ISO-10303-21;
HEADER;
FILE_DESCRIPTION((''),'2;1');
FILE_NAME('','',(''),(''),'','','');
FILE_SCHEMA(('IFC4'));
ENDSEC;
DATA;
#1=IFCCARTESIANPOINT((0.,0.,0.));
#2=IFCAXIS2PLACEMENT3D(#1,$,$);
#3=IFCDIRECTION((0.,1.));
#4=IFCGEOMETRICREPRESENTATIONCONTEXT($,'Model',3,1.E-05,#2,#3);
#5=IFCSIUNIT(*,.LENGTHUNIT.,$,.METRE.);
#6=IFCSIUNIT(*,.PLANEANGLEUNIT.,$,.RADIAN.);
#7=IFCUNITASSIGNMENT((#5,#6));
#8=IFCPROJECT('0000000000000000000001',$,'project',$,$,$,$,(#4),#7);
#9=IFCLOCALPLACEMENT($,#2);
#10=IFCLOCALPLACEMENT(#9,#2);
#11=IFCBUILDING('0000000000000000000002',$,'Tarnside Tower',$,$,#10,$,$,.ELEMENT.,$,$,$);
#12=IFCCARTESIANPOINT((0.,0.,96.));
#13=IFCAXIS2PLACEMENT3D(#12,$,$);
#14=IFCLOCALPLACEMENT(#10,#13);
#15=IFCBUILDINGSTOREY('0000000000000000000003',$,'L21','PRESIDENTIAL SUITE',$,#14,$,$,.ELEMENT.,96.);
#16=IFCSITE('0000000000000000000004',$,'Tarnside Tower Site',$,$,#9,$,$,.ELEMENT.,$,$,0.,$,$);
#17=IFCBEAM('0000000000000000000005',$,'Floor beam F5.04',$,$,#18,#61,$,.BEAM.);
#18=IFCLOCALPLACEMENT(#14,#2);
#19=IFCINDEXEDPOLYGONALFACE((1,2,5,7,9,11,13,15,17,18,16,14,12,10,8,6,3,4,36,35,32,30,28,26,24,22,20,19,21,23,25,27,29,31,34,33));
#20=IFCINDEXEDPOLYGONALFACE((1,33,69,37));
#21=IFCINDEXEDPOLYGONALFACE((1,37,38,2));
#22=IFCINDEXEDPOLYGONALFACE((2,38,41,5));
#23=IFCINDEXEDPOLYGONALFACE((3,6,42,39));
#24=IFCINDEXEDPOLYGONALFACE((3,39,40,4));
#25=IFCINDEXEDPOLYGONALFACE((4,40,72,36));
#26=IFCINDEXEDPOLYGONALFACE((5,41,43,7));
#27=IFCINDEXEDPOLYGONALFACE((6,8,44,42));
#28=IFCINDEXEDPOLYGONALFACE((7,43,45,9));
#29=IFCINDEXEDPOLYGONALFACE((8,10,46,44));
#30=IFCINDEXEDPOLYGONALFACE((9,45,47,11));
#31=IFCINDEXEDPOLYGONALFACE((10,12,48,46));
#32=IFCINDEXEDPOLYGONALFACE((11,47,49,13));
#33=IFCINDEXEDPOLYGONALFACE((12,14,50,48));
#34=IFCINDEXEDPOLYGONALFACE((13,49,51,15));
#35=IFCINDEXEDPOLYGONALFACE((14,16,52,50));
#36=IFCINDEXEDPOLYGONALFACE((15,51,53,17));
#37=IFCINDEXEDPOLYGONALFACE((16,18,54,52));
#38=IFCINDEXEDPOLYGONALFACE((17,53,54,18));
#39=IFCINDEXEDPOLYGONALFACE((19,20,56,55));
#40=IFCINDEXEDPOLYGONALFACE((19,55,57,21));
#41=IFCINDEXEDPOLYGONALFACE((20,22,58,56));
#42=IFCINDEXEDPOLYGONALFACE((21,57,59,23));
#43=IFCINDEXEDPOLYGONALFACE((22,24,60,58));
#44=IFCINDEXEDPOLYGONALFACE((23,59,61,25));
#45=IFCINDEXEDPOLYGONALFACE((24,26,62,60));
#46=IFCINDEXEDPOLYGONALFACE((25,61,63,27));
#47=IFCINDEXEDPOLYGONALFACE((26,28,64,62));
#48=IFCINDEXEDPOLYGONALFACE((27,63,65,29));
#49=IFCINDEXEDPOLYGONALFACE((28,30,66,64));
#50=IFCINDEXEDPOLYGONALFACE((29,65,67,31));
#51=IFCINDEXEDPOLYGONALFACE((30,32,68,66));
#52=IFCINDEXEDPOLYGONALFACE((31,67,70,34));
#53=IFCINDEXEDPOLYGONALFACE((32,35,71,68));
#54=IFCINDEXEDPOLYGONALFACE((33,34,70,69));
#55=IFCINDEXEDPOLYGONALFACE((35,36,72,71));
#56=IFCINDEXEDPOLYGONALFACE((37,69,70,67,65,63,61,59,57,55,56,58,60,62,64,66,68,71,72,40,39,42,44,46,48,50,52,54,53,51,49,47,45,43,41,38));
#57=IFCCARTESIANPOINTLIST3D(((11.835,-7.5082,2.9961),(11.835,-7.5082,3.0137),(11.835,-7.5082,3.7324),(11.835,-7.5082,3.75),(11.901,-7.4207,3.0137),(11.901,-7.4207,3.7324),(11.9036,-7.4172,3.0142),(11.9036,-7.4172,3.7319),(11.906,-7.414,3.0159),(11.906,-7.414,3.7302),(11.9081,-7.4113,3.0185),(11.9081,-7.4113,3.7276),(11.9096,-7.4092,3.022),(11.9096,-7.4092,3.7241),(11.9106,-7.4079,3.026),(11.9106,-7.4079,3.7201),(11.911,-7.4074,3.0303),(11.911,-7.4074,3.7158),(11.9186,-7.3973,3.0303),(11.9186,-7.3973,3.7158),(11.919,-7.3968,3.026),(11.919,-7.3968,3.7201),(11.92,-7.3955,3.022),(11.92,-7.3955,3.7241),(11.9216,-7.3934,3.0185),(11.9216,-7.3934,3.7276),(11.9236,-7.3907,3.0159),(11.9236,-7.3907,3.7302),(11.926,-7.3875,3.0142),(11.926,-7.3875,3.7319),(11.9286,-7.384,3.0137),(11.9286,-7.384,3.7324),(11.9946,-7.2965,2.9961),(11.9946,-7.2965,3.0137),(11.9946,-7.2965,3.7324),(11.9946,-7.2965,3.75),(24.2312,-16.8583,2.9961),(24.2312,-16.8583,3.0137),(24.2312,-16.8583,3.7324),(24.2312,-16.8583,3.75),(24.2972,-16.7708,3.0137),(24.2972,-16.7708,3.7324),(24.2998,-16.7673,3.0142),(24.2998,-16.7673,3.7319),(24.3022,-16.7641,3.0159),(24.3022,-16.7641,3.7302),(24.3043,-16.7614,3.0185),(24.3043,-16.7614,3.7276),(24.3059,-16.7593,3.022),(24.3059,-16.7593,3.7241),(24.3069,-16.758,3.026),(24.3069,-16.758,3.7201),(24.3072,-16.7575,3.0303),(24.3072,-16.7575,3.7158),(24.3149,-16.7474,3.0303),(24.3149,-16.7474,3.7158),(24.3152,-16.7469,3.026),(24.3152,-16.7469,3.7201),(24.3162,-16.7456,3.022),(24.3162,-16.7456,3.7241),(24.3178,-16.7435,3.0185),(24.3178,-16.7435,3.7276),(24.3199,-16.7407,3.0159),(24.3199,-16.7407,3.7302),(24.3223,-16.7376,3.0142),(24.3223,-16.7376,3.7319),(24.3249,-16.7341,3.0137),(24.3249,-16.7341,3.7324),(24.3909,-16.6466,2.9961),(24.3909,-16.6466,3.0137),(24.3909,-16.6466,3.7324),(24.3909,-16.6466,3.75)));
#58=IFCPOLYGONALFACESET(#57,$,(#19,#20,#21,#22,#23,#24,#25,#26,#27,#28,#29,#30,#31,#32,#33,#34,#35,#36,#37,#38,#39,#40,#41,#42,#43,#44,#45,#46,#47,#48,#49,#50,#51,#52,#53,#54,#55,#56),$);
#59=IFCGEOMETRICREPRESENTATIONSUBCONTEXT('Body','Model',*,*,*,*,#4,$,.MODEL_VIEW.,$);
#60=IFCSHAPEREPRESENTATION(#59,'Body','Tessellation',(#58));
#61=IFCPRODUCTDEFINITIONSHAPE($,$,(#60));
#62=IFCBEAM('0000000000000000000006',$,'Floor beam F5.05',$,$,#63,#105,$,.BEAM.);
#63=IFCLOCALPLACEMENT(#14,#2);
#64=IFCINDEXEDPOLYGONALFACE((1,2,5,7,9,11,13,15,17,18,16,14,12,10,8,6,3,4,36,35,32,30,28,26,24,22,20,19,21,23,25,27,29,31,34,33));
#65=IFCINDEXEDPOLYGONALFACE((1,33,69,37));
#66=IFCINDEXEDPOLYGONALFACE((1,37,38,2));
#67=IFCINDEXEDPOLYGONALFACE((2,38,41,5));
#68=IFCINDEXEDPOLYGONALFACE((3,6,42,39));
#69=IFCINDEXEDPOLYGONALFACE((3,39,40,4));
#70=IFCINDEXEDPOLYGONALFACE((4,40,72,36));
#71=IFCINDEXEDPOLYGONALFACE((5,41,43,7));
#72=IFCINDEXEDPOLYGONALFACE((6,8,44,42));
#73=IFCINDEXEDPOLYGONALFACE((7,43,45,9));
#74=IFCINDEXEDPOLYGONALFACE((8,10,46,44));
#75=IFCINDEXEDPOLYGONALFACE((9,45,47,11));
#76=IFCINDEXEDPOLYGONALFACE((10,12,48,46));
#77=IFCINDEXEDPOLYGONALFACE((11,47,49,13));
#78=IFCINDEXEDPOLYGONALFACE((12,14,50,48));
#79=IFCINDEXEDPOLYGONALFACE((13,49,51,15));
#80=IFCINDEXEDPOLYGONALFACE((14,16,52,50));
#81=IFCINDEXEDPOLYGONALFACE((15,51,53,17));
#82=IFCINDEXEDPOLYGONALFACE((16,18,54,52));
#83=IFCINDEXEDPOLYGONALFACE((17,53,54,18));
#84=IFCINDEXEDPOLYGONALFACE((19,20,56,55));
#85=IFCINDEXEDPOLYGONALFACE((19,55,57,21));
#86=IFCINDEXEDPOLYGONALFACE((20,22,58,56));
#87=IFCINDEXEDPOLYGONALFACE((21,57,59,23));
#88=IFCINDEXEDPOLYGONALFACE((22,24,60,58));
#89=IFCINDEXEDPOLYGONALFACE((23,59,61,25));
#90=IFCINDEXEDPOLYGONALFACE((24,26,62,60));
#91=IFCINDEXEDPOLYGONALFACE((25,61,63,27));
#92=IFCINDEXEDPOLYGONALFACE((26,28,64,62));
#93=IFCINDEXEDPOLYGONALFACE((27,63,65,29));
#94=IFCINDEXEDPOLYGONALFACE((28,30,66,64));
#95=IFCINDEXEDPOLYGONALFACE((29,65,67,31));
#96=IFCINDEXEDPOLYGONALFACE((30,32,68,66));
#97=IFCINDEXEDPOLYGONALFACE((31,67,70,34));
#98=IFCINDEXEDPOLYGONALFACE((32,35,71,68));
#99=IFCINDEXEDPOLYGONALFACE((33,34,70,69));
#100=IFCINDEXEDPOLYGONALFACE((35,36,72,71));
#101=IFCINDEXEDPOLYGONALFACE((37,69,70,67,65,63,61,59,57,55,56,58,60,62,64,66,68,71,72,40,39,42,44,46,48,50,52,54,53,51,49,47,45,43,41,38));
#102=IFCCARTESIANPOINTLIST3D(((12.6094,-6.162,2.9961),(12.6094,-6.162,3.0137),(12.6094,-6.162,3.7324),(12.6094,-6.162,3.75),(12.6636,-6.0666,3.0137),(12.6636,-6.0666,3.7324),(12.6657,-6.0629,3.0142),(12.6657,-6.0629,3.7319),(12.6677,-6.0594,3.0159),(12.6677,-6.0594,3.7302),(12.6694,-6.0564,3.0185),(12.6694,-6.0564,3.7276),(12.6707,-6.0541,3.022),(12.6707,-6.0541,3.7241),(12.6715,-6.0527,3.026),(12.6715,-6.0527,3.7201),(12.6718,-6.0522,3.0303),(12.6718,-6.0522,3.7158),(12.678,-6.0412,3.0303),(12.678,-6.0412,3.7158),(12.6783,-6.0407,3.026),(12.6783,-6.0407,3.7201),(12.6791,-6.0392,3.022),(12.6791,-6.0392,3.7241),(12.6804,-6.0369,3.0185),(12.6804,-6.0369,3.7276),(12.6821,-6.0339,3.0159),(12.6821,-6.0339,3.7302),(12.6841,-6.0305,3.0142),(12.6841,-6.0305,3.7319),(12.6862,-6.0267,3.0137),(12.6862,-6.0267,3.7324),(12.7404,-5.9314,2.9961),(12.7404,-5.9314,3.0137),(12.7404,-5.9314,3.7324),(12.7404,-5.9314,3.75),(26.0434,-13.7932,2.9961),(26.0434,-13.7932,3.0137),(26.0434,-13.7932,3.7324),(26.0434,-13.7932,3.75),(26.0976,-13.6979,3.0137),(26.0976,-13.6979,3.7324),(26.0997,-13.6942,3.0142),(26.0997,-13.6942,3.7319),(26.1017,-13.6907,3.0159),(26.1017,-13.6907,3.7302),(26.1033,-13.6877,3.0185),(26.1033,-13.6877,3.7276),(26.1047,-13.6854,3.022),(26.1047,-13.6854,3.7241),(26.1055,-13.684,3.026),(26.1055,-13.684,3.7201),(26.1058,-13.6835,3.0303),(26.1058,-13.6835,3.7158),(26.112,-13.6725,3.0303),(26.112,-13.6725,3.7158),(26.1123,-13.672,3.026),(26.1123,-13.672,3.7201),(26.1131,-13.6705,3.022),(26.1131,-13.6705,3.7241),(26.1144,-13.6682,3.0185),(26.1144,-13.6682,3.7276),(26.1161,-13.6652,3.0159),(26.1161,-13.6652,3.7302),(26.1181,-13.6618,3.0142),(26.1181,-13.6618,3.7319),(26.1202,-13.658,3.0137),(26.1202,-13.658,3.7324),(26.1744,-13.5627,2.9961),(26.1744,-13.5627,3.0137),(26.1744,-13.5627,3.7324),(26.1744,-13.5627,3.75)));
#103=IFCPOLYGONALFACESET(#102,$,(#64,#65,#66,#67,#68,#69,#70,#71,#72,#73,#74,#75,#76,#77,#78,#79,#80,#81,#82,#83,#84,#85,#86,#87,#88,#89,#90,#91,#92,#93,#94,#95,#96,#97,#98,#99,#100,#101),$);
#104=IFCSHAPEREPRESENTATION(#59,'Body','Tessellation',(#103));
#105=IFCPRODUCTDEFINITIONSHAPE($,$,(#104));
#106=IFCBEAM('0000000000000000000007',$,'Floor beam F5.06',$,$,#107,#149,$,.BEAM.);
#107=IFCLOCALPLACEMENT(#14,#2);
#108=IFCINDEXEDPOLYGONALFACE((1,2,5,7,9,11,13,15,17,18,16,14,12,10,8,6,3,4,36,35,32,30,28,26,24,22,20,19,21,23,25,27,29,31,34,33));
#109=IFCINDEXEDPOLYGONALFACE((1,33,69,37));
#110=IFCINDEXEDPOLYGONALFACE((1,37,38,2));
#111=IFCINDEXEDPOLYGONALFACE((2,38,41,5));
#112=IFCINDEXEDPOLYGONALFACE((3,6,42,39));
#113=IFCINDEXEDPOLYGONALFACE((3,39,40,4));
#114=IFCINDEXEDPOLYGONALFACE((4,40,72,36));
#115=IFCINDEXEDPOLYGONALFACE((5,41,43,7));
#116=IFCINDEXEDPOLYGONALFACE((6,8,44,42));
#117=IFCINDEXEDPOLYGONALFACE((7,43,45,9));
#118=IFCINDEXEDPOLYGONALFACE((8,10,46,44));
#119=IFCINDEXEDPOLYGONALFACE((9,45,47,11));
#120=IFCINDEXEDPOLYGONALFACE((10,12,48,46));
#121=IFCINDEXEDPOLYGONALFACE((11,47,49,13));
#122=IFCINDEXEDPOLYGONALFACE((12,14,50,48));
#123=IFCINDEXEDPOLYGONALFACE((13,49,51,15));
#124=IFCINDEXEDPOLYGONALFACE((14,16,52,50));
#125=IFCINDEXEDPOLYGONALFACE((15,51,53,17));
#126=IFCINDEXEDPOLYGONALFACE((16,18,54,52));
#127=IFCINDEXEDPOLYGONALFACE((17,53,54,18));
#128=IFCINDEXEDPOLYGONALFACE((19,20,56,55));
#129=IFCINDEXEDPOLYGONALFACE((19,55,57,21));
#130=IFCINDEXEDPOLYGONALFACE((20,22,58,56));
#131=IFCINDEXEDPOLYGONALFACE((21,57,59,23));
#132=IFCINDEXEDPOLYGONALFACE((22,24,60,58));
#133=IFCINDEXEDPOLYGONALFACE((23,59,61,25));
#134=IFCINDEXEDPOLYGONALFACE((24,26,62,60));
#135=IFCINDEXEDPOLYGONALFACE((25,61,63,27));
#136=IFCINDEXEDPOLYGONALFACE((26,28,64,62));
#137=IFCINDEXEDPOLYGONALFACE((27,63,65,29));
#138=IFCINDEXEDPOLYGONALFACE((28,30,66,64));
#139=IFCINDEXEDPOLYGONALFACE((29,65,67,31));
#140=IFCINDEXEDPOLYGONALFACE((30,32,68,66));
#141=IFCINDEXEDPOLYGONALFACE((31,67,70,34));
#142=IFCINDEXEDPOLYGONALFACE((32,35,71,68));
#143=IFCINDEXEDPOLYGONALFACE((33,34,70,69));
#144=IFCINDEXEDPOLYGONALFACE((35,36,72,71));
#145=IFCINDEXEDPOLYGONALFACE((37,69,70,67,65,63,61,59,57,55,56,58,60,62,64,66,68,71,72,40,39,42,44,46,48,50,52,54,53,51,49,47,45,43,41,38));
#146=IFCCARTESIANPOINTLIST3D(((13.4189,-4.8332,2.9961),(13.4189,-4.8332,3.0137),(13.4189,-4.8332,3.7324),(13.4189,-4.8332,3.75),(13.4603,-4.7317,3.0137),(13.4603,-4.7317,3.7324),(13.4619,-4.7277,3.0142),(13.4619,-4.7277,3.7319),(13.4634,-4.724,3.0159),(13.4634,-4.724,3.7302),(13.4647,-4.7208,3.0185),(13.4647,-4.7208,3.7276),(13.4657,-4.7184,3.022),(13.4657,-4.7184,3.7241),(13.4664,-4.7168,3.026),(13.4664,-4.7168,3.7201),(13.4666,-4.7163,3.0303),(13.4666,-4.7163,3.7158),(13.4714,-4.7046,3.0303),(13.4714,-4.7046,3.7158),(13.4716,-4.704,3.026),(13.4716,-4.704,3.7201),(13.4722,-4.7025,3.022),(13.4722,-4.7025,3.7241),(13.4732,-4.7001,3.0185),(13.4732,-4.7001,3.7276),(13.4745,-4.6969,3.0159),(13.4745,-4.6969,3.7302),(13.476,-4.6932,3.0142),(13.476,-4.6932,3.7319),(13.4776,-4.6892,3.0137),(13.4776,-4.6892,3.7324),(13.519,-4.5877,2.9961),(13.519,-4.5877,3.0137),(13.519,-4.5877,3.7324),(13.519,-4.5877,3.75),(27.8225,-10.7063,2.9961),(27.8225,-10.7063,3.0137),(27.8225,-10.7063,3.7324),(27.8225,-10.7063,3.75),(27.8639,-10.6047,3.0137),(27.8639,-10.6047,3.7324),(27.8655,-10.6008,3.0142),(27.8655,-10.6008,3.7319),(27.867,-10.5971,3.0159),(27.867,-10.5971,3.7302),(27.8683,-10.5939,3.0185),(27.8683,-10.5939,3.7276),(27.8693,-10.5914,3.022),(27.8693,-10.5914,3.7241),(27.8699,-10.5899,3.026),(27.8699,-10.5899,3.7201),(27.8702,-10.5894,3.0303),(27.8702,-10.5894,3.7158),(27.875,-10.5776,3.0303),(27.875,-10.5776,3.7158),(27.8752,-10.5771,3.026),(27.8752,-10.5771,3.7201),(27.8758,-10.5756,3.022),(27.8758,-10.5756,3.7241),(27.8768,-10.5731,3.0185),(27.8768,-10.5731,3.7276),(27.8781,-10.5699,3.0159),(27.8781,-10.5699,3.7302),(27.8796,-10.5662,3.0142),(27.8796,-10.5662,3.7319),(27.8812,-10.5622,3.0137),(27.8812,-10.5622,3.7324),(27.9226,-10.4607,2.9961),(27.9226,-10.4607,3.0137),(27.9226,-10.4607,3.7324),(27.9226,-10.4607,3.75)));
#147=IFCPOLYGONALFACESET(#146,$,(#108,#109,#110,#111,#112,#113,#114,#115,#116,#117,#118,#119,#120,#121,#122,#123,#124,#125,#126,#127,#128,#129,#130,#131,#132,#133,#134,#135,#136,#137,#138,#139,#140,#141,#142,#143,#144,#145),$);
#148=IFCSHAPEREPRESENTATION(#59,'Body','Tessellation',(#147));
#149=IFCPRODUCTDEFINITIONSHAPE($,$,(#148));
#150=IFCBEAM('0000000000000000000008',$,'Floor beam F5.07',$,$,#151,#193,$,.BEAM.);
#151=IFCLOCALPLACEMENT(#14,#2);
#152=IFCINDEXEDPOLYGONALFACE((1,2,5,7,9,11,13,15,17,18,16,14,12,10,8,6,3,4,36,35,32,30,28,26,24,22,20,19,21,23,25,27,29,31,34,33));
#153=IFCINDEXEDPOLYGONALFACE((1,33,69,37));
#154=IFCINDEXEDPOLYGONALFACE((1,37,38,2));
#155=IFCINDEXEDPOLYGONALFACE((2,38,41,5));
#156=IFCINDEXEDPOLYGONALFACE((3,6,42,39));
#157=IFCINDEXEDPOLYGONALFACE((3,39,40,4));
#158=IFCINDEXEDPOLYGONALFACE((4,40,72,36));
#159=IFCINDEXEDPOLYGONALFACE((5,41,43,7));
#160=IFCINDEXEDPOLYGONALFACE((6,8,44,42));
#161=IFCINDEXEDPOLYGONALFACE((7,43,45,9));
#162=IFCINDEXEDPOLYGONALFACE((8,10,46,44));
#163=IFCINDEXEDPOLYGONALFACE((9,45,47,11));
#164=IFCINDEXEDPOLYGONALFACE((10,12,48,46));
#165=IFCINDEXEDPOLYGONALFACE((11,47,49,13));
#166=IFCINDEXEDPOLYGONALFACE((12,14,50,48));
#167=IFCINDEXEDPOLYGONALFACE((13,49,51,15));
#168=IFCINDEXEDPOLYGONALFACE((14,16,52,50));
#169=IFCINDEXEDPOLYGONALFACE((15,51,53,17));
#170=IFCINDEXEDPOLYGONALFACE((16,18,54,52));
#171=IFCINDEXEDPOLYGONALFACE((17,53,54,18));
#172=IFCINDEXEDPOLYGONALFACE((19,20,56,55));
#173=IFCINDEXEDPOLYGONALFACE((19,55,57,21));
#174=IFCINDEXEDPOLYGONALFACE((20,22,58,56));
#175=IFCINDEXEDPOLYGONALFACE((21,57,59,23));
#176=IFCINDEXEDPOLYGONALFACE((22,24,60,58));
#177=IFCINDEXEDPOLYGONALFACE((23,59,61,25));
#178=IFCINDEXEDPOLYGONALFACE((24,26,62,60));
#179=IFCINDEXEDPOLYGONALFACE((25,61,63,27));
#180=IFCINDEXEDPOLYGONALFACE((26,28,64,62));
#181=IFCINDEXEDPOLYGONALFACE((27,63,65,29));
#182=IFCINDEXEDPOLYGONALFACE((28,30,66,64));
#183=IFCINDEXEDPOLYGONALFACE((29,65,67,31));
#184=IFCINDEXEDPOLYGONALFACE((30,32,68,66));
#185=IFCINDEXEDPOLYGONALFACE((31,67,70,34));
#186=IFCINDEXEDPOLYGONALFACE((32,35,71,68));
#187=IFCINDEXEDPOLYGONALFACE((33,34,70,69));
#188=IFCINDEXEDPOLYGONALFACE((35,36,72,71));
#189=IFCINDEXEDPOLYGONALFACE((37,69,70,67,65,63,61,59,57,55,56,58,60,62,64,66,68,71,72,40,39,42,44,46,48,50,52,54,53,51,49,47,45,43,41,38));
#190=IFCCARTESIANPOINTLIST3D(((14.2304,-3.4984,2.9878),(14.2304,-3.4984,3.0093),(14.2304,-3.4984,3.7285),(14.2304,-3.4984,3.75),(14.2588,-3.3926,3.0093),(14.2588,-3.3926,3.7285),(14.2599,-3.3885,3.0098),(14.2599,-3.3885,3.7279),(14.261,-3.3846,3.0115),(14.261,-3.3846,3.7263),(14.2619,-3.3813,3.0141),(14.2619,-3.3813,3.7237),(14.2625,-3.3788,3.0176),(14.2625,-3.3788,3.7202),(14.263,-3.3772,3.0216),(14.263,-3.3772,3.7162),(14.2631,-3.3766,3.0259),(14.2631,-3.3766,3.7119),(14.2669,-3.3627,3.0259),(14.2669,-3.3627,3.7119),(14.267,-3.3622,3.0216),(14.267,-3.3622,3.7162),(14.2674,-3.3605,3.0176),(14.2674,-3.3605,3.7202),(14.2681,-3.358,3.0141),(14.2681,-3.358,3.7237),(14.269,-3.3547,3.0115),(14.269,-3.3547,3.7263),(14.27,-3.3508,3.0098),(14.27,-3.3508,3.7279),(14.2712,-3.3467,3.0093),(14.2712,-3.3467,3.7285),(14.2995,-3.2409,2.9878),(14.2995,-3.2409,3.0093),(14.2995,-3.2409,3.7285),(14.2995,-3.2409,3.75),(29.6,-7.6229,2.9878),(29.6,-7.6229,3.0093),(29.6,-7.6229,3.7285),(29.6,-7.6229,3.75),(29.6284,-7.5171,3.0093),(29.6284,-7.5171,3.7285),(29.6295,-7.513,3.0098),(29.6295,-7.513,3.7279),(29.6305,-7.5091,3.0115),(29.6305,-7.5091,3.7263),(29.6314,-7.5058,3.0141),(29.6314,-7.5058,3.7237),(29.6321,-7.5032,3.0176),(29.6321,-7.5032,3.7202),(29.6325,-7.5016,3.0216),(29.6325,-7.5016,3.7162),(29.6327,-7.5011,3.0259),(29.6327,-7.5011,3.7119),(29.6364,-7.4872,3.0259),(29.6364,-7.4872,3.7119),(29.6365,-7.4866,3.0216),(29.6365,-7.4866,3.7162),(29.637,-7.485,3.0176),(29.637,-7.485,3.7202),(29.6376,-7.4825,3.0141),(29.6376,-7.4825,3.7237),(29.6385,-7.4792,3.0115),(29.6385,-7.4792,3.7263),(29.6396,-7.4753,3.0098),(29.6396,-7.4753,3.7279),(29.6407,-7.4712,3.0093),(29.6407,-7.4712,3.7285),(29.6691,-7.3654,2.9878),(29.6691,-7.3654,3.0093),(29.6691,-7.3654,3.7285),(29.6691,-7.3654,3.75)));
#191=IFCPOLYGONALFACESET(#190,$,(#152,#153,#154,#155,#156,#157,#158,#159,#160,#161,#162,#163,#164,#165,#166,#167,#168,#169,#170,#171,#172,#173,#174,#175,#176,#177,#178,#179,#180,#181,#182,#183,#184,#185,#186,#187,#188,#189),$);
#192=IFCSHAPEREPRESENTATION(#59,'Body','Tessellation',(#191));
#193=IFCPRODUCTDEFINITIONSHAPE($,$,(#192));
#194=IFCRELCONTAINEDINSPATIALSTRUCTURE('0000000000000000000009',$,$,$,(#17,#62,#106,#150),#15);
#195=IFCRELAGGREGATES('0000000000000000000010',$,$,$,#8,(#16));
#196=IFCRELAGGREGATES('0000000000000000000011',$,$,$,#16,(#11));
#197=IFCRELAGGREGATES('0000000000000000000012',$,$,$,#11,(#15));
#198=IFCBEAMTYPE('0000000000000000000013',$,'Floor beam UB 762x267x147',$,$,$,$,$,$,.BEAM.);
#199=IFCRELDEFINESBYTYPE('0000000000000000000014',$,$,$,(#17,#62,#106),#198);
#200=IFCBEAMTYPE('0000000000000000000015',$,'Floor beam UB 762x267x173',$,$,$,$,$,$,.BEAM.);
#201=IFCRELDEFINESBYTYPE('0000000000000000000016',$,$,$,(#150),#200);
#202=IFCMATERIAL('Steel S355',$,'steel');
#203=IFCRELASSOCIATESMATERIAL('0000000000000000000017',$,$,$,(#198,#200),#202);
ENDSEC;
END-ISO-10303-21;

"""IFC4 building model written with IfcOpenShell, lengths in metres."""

from ifc_helpers import new_model, si_unit, direction, frame, origin, origin_2d, place, context, subcontext, project, spatial, i_section, extrude, material, material_profile, profile_set, type_object, element, save


model = new_model("IFC4")

# Units and contexts
model_context = context("Model", 3, precision=1e-05, world=origin(), true_north=direction((0.0, 1.0)))
body_context = subcontext(model_context, "Body", "Model", "MODEL_VIEW")
ifc_project = project(units=[si_unit("LENGTHUNIT", "METRE"), si_unit("PLANEANGLEUNIT", "RADIAN")], contexts=[model_context])

# Site, building, storey
site_placement = place(None, origin())
site = spatial("IfcSite", under=ifc_project, at=site_placement, Name="Tarnside Tower Site", CompositionType="ELEMENT", RefElevation=0.0)
building_placement = place(site_placement, origin())
building = spatial("IfcBuilding", under=site, at=building_placement, Name="Tarnside Tower", CompositionType="ELEMENT")
storey_placement = place(building_placement, frame((0.0, 0.0, 96.0)))
storey = spatial("IfcBuildingStorey", under=building, at=storey_placement, Name="L21", Description="PRESIDENTIAL SUITE", CompositionType="ELEMENT", Elevation=96.0)

# Beams
ifc_material_1 = material(Name="Steel S355", Category="steel")
ifc_material_profile_1 = material_profile(ifc_material_1, i_section(OverallWidth=0.2651, OverallDepth=0.7539, WebThickness=0.0127, FlangeThickness=0.0176, FilletRadius=0.0166, at=origin_2d()), Name="UB 762x267x147")
ifc_profile_set_1 = profile_set([ifc_material_profile_1], Name="Steel S355")
beam_type_1 = type_object("IfcBeamType", Name="Floor beam UB 762x267x147", PredefinedType="BEAM", material=ifc_profile_set_1)
beam_1_placement = place(storey_placement, frame((24.311, -16.7524, 3.373), z_axis=(-0.798361, 0.602179, 0.0), x_axis=(-0.602179, -0.798361, 0.0)))
element("IfcBeam", 1, at=beam_1_placement, inside=storey, type_object=beam_type_1, Name="Floor beam F5.04", PredefinedType="BEAM", context=body_context, shape_type="SweptSolid", body=[
    extrude(i_section(OverallWidth=0.2651, OverallDepth=0.7539, WebThickness=0.0127, FlangeThickness=0.0176, FilletRadius=0.0166, at=origin_2d()), origin(), (0.0, 0.0, 1.0), 15.5271),
])
beam_2_placement = place(storey_placement, frame((26.1089, -13.678, 3.373), z_axis=(-0.869503, 0.493929, 0.0), x_axis=(-0.493929, -0.869503, 0.0)))
element("IfcBeam", 2, at=beam_2_placement, inside=storey, type_object=beam_type_1, Name="Floor beam F5.05", PredefinedType="BEAM", context=body_context, shape_type="SweptSolid", body=[
    extrude(i_section(OverallWidth=0.2651, OverallDepth=0.7539, WebThickness=0.0127, FlangeThickness=0.0176, FilletRadius=0.0166, at=origin_2d()), origin(), (0.0, 0.0, 1.0), 15.4502),
])
beam_3_placement = place(storey_placement, frame((27.8726, -10.5835, 3.373), z_axis=(-0.925982, 0.377569, 0.0), x_axis=(-0.377569, -0.925982, 0.0)))
element("IfcBeam", 3, at=beam_3_placement, inside=storey, type_object=beam_type_1, Name="Floor beam F5.06", PredefinedType="BEAM", context=body_context, shape_type="SweptSolid", body=[
    extrude(i_section(OverallWidth=0.2651, OverallDepth=0.7539, WebThickness=0.0127, FlangeThickness=0.0176, FilletRadius=0.0166, at=origin_2d()), origin(), (0.0, 0.0, 1.0), 15.5549),
])
ifc_material_profile_2 = material_profile(ifc_material_1, i_section(OverallWidth=0.2666, OverallDepth=0.7622, WebThickness=0.0144, FlangeThickness=0.0215, FilletRadius=0.0166, at=origin_2d()), Name="UB 762x267x173")
ifc_profile_set_2 = profile_set([ifc_material_profile_2], Name="Steel S355")
beam_type_2 = type_object("IfcBeamType", Name="Floor beam UB 762x267x173", PredefinedType="BEAM", material=ifc_profile_set_2)
beam_4_placement = place(storey_placement, frame((29.6345, -7.4941, 3.3689), z_axis=(-0.965828, 0.259184, 0.0), x_axis=(-0.259184, -0.965828, 0.0)))
element("IfcBeam", 4, at=beam_4_placement, inside=storey, type_object=beam_type_2, Name="Floor beam F5.07", PredefinedType="BEAM", context=body_context, shape_type="SweptSolid", body=[
    extrude(i_section(OverallWidth=0.2666, OverallDepth=0.7622, WebThickness=0.0144, FlangeThickness=0.0215, FilletRadius=0.0166, at=origin_2d()), origin(), (0.0, 0.0, 1.0), 15.9133),
])

save(model, "model.ifc")
